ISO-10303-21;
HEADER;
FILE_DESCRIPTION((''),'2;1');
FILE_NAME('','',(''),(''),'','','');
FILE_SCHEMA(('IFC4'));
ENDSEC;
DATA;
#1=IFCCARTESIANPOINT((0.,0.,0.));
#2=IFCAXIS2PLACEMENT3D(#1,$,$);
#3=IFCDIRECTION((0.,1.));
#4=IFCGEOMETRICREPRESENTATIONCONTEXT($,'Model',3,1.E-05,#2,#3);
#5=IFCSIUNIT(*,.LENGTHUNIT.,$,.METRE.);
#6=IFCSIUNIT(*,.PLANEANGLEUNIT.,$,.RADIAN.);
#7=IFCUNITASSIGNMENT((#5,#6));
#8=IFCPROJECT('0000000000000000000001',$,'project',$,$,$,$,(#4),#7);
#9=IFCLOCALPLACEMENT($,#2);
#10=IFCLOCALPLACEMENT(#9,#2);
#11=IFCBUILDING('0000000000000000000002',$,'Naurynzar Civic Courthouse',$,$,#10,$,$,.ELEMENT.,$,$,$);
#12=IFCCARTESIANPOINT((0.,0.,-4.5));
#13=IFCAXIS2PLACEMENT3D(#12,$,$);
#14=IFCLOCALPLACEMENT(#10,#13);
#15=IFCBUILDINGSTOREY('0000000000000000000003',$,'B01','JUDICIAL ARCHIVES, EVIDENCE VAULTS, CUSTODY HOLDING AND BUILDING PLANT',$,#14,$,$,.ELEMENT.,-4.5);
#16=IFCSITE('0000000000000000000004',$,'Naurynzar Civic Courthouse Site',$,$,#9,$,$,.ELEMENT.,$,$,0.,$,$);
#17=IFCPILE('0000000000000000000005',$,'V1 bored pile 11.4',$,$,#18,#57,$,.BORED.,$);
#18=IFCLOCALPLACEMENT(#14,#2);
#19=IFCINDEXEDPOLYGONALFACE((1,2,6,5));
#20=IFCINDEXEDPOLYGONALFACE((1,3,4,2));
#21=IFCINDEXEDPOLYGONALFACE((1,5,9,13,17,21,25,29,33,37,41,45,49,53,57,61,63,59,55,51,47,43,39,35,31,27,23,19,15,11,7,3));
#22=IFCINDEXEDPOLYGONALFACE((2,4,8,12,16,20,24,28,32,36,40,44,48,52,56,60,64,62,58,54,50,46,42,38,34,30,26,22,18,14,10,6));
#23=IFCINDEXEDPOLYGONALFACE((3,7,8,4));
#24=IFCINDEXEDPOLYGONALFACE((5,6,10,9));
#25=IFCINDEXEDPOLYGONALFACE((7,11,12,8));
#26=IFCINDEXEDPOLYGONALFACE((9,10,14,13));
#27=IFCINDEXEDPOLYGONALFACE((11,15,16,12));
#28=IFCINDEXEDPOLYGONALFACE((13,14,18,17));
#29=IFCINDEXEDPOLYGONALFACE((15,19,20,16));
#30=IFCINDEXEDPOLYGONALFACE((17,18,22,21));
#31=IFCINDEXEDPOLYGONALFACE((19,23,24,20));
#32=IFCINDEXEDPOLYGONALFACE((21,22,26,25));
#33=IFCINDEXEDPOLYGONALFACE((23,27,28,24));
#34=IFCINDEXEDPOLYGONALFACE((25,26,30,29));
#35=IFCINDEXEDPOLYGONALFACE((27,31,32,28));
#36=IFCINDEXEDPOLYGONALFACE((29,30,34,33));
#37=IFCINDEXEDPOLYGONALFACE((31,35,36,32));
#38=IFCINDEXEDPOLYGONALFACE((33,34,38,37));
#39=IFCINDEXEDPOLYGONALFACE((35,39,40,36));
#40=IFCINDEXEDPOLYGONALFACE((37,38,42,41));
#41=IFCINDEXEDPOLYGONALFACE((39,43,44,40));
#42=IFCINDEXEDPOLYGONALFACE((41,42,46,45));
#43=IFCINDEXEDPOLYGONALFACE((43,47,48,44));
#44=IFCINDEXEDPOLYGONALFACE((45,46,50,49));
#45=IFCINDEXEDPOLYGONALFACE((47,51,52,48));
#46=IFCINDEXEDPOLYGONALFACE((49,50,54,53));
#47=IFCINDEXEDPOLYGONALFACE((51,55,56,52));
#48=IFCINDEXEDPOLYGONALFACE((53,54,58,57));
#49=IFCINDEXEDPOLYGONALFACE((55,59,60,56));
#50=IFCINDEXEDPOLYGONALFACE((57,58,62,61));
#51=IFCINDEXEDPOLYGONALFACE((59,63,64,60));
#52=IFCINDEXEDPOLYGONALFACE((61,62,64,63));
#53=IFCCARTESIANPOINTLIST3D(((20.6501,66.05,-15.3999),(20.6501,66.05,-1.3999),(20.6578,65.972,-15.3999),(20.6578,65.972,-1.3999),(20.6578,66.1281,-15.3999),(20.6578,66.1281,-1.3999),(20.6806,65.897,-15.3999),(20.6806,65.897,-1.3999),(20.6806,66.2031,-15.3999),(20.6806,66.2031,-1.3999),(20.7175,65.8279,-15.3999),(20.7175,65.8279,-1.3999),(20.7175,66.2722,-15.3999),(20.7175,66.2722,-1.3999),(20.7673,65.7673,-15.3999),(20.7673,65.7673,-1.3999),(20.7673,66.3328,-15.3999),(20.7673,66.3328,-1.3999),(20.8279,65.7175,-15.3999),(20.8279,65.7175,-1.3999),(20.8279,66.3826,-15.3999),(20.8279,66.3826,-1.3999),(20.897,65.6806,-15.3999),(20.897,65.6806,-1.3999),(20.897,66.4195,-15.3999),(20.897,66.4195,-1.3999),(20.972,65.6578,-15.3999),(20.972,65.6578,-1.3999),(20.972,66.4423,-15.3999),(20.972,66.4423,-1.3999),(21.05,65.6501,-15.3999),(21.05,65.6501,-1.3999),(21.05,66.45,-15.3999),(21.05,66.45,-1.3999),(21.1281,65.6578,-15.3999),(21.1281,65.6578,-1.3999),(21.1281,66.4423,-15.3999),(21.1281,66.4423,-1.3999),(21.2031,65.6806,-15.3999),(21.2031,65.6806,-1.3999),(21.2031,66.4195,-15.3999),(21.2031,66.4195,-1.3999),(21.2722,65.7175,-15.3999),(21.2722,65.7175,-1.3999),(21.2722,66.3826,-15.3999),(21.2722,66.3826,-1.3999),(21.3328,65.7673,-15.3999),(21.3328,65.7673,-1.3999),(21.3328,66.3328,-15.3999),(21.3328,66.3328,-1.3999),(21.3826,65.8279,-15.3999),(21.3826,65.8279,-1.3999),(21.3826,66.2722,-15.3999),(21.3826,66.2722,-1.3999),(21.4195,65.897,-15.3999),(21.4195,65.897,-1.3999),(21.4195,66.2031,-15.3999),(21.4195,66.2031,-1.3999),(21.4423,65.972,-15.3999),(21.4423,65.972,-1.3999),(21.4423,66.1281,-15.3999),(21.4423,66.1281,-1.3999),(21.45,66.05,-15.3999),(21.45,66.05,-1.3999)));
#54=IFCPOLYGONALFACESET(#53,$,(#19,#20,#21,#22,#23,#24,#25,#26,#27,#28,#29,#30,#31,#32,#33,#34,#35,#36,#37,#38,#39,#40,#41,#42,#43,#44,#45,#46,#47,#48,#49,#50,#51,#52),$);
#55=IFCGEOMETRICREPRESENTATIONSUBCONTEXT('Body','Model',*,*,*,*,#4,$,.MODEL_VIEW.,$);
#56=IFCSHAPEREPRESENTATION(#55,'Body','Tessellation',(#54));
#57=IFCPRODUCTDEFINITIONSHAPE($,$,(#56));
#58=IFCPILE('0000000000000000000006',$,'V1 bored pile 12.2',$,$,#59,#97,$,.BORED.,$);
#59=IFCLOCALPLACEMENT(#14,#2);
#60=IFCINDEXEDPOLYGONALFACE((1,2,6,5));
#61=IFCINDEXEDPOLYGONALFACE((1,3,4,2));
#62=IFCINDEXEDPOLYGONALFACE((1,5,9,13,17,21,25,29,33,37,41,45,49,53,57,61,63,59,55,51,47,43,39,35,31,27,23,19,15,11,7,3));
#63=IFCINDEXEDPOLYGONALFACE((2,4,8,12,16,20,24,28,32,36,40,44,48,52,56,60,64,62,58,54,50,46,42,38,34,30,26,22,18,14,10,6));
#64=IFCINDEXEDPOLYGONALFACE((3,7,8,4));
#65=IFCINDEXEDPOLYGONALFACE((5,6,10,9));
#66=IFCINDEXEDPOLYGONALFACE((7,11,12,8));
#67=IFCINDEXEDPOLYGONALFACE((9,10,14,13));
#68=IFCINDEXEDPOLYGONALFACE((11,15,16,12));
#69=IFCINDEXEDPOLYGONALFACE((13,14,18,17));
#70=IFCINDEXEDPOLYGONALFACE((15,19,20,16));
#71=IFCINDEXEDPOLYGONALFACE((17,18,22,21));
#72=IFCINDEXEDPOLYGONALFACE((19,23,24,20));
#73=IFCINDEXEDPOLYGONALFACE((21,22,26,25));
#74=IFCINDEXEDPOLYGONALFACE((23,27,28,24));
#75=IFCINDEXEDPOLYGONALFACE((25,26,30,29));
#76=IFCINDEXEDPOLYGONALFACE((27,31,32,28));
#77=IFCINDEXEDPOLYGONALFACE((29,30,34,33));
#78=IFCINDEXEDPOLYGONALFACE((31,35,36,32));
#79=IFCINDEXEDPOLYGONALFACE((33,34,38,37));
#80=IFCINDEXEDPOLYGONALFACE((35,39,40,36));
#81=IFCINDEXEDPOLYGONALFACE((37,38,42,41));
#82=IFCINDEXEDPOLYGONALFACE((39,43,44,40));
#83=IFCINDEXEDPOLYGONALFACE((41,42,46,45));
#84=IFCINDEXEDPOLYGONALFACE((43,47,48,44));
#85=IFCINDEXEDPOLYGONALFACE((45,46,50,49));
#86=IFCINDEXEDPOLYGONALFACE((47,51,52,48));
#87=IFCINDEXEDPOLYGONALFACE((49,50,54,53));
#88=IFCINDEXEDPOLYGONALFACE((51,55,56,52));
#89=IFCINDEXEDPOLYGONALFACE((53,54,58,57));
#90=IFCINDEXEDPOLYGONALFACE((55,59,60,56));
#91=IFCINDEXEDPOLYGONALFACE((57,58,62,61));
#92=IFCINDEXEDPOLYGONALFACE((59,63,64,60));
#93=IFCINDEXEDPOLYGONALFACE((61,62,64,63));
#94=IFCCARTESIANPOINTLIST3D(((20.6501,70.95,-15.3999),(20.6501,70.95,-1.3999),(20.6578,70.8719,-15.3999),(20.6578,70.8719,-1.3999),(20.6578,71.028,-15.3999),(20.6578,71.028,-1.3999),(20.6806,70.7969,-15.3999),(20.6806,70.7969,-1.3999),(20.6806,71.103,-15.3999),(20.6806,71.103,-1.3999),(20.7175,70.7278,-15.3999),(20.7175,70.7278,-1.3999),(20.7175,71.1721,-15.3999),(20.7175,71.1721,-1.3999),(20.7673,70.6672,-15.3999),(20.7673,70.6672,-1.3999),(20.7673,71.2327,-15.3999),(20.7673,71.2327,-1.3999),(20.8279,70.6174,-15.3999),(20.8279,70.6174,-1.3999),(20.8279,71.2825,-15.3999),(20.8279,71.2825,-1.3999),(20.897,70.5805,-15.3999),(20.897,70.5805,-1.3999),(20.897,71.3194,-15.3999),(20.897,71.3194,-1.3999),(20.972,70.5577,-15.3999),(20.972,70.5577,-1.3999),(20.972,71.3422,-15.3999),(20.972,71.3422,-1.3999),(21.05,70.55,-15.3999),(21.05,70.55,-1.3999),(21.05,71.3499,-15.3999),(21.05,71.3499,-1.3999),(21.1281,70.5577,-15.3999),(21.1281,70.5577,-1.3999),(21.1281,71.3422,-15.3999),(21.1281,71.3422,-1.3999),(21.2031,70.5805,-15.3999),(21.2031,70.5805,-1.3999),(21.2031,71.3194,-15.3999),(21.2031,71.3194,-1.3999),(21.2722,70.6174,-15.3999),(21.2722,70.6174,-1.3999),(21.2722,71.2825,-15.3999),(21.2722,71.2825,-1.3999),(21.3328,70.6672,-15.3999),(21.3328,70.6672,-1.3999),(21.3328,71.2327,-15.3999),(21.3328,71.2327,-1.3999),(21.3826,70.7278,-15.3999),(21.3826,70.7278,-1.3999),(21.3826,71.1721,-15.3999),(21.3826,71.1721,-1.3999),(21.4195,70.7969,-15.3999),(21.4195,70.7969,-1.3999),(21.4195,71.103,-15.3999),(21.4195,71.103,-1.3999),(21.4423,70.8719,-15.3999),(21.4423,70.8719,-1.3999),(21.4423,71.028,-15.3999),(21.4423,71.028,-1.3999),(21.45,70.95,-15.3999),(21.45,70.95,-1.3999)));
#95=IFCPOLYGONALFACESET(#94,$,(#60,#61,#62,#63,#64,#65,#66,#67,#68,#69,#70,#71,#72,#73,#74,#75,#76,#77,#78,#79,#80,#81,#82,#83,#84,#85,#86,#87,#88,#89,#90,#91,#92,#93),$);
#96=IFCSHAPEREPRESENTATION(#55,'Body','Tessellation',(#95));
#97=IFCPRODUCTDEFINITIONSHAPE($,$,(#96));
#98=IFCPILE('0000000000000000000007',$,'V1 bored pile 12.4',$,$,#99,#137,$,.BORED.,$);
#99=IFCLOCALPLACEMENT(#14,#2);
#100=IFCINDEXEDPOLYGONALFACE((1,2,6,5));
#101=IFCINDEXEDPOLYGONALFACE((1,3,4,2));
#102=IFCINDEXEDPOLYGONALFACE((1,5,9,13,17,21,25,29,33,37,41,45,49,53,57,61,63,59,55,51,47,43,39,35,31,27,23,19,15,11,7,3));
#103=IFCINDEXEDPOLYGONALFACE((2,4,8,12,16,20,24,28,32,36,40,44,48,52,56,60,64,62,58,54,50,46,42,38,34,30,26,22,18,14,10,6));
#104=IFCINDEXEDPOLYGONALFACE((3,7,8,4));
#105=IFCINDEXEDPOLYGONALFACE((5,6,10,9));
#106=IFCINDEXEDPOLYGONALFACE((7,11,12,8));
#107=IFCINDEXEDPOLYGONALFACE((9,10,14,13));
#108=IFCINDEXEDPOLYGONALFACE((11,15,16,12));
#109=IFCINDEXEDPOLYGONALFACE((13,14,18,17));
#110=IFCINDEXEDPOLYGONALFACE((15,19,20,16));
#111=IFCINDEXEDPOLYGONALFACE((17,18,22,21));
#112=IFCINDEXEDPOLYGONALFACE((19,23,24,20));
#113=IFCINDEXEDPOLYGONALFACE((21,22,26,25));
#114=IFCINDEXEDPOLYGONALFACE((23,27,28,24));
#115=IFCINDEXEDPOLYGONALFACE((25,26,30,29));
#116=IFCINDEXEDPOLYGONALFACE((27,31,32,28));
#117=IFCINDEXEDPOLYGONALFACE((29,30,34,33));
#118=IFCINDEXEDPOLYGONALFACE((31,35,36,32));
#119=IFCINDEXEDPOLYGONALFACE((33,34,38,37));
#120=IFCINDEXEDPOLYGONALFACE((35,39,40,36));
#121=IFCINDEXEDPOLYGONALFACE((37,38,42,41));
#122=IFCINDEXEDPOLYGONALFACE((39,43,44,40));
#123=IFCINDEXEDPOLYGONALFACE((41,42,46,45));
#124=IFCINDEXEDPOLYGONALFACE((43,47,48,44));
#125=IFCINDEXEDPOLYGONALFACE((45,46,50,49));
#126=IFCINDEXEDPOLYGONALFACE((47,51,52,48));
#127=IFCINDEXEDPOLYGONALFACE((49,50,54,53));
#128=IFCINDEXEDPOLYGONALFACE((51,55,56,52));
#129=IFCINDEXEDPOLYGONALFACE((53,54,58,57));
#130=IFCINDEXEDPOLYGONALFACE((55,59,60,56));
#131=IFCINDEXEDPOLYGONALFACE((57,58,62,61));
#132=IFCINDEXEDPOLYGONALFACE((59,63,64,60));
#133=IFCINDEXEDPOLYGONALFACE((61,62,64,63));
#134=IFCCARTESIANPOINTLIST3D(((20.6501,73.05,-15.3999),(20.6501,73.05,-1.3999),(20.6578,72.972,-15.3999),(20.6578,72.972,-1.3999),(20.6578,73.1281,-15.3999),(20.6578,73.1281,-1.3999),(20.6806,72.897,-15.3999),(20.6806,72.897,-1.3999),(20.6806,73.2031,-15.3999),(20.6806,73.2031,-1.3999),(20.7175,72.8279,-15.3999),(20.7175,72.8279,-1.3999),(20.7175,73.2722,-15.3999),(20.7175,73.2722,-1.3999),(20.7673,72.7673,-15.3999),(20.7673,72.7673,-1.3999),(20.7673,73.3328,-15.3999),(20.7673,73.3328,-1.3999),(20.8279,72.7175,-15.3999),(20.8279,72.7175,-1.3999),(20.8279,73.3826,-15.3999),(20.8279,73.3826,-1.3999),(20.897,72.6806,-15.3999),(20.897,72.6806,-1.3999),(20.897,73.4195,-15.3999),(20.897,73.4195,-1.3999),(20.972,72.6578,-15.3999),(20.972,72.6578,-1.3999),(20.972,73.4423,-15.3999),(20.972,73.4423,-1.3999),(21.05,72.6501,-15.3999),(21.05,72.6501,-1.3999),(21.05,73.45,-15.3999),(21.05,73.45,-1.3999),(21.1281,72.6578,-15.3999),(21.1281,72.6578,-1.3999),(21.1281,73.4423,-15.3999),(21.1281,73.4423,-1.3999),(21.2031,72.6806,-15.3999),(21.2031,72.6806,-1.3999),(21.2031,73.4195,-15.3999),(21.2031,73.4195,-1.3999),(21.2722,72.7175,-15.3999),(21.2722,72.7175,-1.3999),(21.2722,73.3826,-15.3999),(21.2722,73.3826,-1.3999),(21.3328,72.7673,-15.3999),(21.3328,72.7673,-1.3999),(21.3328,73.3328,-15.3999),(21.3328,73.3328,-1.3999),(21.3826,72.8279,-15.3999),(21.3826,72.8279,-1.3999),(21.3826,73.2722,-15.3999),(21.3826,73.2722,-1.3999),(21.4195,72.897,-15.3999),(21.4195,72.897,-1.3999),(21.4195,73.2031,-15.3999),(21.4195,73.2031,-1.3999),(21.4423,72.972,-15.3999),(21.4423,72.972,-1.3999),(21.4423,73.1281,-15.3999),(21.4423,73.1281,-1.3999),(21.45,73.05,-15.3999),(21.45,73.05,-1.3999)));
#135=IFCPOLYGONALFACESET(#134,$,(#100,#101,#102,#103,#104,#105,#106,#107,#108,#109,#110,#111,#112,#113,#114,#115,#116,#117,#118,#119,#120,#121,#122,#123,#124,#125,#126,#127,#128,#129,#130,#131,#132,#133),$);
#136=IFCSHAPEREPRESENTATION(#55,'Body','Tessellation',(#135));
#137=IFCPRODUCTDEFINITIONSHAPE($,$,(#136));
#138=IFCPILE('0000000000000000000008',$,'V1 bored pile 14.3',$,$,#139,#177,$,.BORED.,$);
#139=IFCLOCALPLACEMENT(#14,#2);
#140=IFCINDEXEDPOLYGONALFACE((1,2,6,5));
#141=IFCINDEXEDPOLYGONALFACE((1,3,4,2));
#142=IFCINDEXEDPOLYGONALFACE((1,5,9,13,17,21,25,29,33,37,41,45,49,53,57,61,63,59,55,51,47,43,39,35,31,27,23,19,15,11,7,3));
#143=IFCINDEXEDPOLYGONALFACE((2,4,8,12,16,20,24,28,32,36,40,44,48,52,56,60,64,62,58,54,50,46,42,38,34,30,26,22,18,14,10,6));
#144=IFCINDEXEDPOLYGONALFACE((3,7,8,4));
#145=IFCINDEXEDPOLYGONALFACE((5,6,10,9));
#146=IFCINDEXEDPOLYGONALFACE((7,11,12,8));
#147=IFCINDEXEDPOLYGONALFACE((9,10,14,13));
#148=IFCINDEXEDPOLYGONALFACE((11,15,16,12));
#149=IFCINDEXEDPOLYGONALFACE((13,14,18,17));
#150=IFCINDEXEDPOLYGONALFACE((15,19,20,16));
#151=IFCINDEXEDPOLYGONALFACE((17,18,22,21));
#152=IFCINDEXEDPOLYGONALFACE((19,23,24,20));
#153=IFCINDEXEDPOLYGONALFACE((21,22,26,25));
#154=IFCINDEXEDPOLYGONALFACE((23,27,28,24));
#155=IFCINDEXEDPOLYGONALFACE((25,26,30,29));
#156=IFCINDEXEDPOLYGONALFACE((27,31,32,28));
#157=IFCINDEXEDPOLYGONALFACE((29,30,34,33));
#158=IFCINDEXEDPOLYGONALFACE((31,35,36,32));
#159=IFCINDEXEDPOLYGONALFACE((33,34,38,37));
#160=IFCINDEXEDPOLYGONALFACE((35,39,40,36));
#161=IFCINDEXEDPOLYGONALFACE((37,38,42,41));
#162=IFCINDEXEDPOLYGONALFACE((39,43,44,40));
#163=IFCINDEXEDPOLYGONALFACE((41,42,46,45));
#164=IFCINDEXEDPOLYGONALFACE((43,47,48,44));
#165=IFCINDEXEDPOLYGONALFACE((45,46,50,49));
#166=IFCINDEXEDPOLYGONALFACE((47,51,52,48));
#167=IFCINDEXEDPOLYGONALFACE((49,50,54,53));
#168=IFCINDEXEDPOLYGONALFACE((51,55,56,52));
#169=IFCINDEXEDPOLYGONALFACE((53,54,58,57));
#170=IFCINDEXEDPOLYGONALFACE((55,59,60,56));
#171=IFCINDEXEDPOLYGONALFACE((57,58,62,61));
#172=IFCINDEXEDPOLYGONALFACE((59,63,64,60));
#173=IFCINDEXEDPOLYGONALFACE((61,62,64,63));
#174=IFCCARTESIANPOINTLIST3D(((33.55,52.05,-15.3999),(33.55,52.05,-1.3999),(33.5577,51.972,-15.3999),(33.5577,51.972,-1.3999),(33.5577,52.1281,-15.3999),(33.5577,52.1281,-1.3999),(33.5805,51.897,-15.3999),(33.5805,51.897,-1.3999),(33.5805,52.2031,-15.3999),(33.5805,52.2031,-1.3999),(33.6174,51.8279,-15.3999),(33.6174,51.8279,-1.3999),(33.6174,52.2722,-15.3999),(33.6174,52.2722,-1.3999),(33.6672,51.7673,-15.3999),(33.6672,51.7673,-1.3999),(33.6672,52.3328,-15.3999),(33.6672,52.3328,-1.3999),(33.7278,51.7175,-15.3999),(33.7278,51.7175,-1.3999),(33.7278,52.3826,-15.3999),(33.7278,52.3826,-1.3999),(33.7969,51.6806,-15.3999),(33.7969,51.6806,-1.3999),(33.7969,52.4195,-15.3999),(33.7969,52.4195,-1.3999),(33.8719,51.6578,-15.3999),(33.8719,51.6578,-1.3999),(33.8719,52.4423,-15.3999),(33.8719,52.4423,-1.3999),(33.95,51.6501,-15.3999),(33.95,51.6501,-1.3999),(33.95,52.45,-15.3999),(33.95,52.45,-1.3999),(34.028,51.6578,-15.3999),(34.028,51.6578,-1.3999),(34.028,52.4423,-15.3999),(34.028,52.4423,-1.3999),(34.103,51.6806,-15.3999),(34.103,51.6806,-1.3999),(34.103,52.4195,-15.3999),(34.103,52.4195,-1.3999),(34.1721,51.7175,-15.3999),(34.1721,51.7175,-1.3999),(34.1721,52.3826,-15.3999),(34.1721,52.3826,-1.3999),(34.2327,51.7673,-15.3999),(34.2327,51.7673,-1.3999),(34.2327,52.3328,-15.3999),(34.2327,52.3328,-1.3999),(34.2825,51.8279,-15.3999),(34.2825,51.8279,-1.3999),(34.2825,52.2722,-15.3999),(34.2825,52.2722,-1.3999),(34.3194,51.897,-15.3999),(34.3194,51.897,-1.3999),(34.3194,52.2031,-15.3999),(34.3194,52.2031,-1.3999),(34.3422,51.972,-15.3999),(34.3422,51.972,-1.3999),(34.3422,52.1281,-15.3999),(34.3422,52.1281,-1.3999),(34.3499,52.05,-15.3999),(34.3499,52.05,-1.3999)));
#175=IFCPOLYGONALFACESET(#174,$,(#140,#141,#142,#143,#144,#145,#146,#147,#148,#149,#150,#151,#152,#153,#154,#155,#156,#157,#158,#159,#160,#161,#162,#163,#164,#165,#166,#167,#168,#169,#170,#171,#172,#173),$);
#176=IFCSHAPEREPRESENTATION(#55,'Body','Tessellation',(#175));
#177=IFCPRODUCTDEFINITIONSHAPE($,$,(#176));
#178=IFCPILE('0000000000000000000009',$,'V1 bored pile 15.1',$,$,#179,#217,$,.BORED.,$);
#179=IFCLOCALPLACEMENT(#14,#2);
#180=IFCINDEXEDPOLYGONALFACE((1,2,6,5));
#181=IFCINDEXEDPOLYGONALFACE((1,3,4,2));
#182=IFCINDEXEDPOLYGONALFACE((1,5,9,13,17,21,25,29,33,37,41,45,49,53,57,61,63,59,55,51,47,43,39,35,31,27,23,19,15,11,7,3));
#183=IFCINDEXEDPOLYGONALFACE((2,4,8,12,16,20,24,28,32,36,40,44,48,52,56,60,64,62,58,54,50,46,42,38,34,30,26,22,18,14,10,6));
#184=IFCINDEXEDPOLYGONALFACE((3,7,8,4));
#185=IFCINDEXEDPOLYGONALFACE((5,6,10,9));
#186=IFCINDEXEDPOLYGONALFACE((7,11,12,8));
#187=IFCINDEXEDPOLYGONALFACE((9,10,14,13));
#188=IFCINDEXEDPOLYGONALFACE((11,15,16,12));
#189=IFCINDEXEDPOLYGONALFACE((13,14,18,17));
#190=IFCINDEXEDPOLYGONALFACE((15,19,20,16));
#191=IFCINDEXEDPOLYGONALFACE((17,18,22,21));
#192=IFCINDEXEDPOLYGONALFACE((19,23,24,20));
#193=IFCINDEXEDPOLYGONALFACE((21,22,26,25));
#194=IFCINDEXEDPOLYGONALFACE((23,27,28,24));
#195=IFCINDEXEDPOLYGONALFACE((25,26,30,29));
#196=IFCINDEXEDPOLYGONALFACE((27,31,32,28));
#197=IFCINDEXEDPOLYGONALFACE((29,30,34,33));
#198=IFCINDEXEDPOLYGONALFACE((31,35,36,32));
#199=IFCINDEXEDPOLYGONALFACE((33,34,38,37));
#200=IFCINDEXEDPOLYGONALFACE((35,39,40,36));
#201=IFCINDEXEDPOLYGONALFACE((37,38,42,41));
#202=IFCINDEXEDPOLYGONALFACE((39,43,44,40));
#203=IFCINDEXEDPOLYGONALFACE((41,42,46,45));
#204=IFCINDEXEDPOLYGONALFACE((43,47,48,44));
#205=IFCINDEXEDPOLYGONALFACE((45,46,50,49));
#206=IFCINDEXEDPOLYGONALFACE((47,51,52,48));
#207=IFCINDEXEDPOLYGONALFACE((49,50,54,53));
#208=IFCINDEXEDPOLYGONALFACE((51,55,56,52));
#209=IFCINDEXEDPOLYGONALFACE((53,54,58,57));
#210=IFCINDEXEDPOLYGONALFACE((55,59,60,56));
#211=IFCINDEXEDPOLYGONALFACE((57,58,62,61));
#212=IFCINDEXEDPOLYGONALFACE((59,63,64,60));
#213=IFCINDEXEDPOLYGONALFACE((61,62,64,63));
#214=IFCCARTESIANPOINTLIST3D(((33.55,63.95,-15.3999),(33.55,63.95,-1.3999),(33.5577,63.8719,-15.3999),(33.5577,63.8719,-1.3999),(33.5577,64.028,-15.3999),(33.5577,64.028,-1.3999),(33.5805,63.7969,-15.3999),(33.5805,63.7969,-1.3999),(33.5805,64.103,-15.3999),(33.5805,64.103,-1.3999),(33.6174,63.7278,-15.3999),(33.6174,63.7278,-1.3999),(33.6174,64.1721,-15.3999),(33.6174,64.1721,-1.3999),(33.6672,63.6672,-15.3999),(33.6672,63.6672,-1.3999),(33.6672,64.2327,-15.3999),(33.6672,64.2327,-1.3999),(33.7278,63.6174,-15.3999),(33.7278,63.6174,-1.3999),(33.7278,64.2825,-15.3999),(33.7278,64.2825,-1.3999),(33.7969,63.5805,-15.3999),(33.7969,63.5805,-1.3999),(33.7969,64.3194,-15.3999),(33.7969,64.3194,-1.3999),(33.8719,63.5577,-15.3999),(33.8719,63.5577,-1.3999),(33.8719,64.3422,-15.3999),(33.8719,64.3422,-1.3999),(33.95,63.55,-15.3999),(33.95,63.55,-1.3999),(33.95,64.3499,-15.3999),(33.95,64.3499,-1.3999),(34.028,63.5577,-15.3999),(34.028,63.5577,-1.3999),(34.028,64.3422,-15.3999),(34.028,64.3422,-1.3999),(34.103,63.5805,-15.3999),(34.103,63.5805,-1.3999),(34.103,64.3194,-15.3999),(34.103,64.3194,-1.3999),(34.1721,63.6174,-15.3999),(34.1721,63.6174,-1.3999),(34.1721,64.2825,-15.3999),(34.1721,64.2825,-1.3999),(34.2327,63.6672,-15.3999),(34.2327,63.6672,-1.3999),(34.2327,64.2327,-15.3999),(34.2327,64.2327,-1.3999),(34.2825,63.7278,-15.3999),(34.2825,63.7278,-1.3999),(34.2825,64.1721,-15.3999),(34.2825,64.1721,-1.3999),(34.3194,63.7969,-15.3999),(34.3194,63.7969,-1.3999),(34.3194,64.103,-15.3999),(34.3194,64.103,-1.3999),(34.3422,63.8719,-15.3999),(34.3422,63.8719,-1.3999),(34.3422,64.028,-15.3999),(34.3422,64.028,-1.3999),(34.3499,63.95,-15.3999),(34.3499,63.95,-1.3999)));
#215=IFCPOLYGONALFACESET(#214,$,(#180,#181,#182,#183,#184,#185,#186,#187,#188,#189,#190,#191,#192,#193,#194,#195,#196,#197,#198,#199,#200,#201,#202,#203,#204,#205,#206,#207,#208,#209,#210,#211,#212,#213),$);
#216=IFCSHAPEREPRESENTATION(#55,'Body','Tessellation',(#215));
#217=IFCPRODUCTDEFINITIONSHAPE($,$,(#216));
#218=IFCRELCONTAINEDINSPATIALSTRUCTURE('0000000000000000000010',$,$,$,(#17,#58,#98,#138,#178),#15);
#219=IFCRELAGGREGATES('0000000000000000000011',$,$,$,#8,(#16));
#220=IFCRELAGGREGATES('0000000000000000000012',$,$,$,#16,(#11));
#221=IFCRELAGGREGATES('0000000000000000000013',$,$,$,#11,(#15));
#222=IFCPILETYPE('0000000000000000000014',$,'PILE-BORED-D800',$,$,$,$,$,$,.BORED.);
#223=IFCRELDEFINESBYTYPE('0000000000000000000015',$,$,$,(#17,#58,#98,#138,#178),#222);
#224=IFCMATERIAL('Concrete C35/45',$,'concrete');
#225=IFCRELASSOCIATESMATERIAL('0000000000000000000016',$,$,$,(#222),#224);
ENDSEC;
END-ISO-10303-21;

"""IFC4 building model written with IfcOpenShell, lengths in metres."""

from ifc_helpers import new_model, si_unit, direction, frame, origin, origin_2d, place, context, subcontext, project, spatial, circle, extrude, material, material_profile, profile_set, type_object, element, save


model = new_model("IFC4")

# Units and contexts
model_context = context("Model", 3, precision=1e-05, world=origin(), true_north=direction((0.0, 1.0)))
body_context = subcontext(model_context, "Body", "Model", "MODEL_VIEW")
ifc_project = project(units=[si_unit("LENGTHUNIT", "METRE"), si_unit("PLANEANGLEUNIT", "RADIAN")], contexts=[model_context])

# Site, building, storey
site_placement = place(None, origin())
site = spatial("IfcSite", under=ifc_project, at=site_placement, Name="Naurynzar Civic Courthouse Site", CompositionType="ELEMENT", RefElevation=0.0)
building_placement = place(site_placement, origin())
building = spatial("IfcBuilding", under=site, at=building_placement, Name="Naurynzar Civic Courthouse", CompositionType="ELEMENT")
storey_placement = place(building_placement, frame((0.0, 0.0, -4.5)))
storey = spatial("IfcBuildingStorey", under=building, at=storey_placement, Name="B01", Description="JUDICIAL ARCHIVES, EVIDENCE VAULTS, CUSTODY HOLDING AND BUILDING PLANT", CompositionType="ELEMENT", Elevation=-4.5)

# Piles
ifc_material_1 = material(Name="Concrete C35/45", Category="concrete")
ifc_material_profile_1 = material_profile(ifc_material_1, circle(Radius=0.3999, at=origin_2d()), Name="PILE D800")
ifc_profile_set_1 = profile_set([ifc_material_profile_1], Name="Concrete C35/45")
pile_type = type_object("IfcPileType", Name="PILE-BORED-D800", PredefinedType="BORED", material=ifc_profile_set_1)
for number, where, z_axis, x_axis, name in (
    (1, (21.05, 66.05, -1.3999), (0.0, 0.0, -1.0), (1.0, 0.0, 0.0), "V1 bored pile 11.4"),
    (2, (21.05, 70.95, -1.3999), (0.0, 0.0, -1.0), (1.0, 0.0, 0.0), "V1 bored pile 12.2"),
    (3, (21.05, 73.05, -1.3999), (0.0, 0.0, -1.0), (1.0, 0.0, 0.0), "V1 bored pile 12.4"),
    (4, (33.95, 52.05, -1.3999), (0.0, 0.0, -1.0), (1.0, 0.0, 0.0), "V1 bored pile 14.3"),
    (5, (33.95, 63.95, -1.3999), (0.0, 0.0, -1.0), (1.0, 0.0, 0.0), "V1 bored pile 15.1"),
):
    element("IfcPile", number, at=place(storey_placement, frame(where, z_axis=z_axis, x_axis=x_axis)), inside=storey, type_object=pile_type, Name=name, PredefinedType="BORED", context=body_context, shape_type="SweptSolid", body=[
        extrude(circle(Radius=0.3999, at=origin_2d()), origin(), (0.0, 0.0, 1.0), 14.0),
    ])

save(model, "model.ifc")
